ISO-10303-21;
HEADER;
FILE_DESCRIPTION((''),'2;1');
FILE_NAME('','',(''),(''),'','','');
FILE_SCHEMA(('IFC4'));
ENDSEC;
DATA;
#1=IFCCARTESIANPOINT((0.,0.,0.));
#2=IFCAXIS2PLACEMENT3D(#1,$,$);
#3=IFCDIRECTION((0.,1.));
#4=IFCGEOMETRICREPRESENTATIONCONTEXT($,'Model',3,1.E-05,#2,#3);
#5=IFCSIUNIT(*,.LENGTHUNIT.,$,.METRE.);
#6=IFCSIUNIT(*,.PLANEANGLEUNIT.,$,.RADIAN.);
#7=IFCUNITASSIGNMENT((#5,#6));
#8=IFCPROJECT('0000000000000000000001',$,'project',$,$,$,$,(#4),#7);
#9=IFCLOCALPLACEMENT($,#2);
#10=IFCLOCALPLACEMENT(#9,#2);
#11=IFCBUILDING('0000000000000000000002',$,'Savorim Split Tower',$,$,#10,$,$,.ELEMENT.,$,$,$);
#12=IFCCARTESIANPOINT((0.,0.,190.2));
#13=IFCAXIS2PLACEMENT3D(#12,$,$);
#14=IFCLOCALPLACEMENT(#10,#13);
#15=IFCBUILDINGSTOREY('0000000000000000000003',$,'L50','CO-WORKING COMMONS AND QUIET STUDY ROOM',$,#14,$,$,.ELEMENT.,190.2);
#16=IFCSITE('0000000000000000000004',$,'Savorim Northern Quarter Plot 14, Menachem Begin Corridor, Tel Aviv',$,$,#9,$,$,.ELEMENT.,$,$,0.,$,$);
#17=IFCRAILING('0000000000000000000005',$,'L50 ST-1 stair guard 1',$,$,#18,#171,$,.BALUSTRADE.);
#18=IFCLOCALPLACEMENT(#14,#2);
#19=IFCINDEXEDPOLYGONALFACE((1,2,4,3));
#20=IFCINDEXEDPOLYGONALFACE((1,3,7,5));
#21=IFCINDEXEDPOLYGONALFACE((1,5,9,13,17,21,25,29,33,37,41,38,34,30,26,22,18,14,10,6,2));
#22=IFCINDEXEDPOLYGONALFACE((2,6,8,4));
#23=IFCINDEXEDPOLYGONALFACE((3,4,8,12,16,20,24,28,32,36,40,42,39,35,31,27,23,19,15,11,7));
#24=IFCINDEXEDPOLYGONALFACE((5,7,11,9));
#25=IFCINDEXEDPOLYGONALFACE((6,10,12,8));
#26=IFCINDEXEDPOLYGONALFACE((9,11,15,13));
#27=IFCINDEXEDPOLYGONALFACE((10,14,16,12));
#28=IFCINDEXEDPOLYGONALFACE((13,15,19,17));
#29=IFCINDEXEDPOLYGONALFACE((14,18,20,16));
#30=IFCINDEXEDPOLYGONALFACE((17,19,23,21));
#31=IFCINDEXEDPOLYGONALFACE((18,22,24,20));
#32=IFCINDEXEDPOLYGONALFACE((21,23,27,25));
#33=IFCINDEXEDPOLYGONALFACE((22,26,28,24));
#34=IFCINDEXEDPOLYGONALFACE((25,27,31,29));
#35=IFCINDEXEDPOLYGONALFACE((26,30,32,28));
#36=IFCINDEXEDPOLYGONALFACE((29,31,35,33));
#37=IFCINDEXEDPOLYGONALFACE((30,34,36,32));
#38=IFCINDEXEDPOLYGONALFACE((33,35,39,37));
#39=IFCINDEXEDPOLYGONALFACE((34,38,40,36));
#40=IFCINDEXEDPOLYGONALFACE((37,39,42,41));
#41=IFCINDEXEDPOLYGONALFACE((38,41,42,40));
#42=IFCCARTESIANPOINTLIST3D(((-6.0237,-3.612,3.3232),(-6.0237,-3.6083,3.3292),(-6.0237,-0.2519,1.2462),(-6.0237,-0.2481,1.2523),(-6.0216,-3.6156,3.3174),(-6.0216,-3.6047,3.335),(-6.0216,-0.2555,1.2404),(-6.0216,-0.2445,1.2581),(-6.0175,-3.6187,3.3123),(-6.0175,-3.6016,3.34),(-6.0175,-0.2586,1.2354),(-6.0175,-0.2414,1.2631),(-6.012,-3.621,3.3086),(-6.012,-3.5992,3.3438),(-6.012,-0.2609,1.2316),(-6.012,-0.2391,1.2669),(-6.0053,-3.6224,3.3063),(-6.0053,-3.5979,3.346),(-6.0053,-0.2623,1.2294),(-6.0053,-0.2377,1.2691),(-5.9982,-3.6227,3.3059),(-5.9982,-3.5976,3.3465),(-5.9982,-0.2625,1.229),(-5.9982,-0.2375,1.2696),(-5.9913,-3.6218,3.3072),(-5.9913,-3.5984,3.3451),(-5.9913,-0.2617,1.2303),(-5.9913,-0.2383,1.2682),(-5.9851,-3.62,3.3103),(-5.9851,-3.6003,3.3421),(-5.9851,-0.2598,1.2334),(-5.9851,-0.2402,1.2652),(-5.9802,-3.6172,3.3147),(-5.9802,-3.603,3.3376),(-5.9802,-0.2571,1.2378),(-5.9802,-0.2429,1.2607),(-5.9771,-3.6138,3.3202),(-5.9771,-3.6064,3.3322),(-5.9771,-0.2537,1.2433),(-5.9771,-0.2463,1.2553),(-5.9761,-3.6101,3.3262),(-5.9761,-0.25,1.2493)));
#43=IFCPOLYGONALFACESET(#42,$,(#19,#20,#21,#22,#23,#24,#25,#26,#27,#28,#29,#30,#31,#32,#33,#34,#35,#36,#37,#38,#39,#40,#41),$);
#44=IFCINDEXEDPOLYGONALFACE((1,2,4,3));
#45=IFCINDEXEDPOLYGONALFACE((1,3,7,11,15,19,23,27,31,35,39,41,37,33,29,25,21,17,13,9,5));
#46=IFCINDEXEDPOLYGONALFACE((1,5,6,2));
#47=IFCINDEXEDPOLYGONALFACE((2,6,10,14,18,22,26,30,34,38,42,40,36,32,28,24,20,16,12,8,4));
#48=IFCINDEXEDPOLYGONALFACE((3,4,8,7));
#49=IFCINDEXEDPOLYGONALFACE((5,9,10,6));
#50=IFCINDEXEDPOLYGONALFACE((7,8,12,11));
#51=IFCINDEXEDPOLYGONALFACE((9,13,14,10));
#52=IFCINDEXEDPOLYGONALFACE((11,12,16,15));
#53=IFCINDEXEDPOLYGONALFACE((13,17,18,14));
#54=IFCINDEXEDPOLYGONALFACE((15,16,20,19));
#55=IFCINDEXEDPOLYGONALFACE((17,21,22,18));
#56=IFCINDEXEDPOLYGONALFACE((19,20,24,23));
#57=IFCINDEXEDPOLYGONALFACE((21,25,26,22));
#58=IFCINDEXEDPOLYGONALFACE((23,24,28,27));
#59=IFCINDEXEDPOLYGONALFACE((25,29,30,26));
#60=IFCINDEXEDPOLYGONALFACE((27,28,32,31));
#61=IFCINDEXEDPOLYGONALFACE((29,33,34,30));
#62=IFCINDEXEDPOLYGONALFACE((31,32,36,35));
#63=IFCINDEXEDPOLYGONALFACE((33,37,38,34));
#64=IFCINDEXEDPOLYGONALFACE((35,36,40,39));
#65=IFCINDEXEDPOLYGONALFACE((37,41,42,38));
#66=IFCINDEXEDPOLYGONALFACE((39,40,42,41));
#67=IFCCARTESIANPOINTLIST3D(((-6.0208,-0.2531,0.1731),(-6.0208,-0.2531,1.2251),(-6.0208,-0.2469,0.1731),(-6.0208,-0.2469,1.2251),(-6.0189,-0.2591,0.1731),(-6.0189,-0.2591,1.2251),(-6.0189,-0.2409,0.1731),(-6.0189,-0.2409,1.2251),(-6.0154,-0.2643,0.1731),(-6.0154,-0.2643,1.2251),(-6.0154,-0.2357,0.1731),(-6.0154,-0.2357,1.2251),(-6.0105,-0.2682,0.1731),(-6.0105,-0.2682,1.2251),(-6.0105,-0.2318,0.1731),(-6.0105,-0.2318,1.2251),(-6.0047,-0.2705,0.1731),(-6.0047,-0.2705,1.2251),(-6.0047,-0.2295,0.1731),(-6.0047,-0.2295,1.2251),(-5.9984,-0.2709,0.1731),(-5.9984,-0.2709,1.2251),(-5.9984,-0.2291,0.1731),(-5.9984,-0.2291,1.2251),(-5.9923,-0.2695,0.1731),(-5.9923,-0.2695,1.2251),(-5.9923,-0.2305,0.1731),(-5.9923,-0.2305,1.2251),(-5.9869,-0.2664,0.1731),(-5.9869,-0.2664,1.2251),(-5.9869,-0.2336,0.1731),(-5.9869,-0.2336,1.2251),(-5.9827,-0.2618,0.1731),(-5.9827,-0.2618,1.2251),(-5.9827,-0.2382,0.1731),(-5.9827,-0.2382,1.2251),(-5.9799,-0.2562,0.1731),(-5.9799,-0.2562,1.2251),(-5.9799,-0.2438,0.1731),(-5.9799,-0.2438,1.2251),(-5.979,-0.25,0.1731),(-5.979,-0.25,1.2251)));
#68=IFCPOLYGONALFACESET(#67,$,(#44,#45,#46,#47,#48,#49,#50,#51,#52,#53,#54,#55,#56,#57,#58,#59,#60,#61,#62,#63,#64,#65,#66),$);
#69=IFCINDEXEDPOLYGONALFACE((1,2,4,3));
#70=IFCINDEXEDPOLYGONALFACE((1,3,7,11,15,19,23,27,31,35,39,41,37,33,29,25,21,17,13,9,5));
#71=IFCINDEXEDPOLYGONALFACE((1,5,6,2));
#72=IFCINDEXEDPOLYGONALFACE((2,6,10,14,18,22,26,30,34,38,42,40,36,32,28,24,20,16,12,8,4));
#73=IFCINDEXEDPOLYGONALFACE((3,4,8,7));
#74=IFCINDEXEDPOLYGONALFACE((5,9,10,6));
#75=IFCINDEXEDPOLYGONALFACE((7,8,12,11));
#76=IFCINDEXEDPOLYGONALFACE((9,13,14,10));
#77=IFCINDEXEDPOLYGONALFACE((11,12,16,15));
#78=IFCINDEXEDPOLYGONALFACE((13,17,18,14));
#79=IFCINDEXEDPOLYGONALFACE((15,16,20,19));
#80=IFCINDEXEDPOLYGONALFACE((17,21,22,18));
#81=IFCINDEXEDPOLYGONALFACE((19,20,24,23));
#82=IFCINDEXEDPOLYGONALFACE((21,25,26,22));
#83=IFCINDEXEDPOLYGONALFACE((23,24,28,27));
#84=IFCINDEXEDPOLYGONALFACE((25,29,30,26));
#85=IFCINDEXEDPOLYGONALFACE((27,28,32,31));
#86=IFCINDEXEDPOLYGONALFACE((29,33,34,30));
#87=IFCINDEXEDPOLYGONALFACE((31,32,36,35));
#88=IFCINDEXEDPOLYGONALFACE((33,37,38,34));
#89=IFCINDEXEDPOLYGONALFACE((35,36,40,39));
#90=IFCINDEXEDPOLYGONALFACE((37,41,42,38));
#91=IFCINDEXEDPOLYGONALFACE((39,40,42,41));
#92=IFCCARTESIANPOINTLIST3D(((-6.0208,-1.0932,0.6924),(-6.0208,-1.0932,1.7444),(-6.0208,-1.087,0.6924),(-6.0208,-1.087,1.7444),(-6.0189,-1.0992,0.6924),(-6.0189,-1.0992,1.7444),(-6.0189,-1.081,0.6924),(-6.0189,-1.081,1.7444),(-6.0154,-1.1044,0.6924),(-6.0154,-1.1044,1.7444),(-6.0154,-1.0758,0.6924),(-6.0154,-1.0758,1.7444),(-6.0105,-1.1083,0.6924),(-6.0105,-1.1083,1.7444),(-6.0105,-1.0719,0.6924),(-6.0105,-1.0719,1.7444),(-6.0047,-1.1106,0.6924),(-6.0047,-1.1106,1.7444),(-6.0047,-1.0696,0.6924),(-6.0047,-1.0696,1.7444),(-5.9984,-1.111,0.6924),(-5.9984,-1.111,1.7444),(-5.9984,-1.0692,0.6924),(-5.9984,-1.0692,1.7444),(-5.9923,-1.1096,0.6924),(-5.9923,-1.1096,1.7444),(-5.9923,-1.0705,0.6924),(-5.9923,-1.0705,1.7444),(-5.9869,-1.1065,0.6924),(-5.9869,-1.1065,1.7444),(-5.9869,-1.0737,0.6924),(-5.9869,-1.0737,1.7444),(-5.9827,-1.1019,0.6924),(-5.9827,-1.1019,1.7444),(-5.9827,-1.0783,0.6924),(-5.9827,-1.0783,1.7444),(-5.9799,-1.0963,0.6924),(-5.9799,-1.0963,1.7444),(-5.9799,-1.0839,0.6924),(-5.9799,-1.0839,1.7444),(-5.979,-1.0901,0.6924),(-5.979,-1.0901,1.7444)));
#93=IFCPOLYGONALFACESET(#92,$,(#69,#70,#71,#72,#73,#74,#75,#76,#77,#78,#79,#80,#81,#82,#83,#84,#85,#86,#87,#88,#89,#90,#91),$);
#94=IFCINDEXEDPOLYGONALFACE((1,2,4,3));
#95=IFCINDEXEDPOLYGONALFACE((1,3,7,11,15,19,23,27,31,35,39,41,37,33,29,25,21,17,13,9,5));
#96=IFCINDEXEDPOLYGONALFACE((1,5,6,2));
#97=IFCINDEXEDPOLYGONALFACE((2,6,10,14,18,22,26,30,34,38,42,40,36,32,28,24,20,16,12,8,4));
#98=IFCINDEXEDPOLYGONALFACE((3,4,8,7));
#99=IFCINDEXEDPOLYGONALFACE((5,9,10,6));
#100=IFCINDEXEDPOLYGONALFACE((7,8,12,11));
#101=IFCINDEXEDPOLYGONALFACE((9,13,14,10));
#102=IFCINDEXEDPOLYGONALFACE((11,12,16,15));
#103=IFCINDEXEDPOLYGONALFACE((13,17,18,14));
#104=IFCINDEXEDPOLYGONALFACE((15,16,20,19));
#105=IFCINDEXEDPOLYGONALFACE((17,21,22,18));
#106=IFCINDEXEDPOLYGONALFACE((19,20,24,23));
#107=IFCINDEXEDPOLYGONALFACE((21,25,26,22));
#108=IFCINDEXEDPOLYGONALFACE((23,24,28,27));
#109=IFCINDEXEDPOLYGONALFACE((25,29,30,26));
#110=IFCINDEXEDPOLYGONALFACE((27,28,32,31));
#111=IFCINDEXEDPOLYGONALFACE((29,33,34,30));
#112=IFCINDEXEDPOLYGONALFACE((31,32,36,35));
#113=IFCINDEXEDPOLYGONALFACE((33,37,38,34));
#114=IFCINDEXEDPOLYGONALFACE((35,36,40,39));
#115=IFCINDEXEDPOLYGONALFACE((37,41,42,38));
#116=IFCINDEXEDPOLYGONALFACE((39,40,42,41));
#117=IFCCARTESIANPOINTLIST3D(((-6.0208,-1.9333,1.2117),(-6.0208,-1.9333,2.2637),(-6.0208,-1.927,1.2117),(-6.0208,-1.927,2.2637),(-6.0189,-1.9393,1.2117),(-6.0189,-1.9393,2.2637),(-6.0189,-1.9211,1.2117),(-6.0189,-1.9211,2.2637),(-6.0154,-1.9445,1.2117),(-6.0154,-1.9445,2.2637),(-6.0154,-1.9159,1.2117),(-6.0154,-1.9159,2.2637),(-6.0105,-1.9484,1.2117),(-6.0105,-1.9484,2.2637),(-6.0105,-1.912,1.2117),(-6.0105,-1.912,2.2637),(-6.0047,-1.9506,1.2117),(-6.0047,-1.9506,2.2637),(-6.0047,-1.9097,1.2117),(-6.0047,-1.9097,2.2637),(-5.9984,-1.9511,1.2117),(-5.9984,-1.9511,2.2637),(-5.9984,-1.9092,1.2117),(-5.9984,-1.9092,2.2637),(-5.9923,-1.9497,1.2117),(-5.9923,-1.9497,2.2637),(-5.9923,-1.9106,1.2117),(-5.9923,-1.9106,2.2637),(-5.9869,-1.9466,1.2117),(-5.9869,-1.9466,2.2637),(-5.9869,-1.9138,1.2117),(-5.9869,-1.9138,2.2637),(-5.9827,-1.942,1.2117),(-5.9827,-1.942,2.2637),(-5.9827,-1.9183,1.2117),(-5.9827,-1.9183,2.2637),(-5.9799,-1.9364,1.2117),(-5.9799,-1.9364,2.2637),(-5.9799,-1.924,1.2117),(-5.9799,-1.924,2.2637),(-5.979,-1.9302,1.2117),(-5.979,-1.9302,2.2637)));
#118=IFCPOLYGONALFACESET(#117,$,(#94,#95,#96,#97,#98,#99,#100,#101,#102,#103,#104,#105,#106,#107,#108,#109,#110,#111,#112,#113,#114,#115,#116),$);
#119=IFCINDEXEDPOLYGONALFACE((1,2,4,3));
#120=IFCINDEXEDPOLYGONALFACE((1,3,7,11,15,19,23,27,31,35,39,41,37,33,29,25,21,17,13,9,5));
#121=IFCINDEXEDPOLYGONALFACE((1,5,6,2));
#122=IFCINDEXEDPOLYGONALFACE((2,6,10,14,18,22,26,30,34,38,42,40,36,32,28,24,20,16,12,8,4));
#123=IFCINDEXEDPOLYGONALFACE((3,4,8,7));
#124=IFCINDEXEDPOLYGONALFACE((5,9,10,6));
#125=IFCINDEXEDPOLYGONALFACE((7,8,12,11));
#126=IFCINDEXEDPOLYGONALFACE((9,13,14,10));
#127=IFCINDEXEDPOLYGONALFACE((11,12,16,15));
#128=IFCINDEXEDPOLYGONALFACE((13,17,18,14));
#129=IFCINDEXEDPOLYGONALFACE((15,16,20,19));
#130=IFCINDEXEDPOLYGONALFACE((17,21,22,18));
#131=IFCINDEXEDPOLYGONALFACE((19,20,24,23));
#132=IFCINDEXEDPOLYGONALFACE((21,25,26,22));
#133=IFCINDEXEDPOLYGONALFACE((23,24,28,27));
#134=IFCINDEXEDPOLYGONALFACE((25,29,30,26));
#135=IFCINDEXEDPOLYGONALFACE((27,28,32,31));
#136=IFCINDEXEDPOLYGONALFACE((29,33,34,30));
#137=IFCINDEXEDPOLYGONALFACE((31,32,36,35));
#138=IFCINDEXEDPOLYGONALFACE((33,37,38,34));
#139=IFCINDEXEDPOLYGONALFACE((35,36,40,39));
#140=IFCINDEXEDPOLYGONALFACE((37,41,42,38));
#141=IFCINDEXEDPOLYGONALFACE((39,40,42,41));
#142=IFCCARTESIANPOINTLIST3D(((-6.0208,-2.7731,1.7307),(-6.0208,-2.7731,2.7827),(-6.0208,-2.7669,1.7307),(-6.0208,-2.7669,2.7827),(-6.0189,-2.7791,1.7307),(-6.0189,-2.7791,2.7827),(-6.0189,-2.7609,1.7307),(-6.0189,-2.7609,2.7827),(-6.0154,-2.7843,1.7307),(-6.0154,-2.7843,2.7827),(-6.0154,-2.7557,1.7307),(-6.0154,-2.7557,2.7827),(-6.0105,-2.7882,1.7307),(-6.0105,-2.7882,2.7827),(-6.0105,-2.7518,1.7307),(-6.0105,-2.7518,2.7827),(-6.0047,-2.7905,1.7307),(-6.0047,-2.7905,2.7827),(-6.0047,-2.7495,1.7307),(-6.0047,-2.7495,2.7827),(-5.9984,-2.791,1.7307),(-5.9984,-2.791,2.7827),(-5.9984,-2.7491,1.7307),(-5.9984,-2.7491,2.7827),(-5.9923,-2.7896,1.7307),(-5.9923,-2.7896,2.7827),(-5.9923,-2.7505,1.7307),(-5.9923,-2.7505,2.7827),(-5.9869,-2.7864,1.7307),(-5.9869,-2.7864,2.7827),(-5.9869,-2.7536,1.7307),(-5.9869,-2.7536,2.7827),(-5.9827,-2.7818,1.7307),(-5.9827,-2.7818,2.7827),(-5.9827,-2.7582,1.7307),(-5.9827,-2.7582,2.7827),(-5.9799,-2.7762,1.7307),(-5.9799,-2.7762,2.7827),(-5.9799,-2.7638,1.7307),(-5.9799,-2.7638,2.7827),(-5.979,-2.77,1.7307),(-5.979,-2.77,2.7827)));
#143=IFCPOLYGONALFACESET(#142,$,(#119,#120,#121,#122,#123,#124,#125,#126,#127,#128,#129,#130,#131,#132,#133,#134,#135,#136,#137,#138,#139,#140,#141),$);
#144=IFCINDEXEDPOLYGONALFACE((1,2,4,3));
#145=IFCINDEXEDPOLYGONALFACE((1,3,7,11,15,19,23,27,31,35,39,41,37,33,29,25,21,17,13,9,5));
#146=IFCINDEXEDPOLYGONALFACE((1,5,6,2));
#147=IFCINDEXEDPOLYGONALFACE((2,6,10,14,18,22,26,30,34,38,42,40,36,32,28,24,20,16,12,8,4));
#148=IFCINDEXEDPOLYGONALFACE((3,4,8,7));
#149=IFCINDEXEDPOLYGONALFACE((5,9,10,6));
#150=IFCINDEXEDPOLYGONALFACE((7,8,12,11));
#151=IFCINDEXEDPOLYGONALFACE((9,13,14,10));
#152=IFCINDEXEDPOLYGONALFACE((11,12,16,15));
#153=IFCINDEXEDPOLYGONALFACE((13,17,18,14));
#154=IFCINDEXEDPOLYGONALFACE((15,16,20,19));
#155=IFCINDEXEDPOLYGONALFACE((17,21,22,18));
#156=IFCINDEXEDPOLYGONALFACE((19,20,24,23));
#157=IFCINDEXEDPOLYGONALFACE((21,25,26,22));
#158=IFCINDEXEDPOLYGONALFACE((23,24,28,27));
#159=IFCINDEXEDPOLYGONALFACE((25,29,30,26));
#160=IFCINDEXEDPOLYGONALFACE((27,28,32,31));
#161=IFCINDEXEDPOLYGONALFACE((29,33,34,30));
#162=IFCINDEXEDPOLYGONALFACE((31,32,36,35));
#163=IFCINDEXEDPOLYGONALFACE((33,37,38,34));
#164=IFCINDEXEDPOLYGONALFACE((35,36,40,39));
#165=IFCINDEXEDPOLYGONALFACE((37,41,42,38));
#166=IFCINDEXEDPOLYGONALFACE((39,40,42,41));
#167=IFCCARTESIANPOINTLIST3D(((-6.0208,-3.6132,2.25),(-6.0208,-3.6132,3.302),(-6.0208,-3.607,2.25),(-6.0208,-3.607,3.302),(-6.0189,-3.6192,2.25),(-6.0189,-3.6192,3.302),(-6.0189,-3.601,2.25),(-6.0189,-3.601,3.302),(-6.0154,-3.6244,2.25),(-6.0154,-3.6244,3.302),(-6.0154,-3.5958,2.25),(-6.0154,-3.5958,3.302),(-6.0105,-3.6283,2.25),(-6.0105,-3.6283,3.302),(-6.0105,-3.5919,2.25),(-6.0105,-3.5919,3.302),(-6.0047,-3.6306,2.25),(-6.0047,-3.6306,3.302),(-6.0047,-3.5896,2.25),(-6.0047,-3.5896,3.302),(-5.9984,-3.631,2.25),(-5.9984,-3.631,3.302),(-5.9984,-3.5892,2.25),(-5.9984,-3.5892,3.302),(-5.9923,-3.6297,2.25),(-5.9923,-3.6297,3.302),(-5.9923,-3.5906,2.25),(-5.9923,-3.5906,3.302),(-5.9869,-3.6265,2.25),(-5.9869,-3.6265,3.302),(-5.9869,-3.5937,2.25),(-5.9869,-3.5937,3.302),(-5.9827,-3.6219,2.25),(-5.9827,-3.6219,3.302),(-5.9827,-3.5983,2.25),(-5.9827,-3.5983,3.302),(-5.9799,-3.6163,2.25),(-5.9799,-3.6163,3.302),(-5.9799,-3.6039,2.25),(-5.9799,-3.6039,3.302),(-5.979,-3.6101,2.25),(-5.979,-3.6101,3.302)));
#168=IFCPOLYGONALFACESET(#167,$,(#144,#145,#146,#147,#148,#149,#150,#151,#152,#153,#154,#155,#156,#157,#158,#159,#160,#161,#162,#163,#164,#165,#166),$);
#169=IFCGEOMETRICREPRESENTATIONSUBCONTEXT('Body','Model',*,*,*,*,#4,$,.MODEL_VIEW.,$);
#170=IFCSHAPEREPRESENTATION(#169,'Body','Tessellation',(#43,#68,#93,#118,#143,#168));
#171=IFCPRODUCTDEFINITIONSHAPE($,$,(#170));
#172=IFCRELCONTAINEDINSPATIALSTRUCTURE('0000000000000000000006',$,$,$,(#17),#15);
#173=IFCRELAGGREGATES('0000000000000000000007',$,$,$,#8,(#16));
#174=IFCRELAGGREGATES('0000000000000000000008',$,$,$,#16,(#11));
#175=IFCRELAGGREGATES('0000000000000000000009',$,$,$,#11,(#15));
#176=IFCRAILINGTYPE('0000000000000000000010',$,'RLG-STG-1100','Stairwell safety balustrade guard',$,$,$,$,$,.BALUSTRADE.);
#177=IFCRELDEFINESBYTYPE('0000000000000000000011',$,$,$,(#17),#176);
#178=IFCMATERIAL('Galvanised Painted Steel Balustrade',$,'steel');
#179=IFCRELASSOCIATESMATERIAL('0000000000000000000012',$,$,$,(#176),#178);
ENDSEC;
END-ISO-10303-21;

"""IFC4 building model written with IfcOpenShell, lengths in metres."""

from ifc_helpers import new_model, si_unit, direction, frame, origin, origin_2d, place, context, subcontext, project, spatial, circle, extrude, material, type_object, element, save


model = new_model("IFC4")

# Units and contexts
model_context = context("Model", 3, precision=1e-05, world=origin(), true_north=direction((0.0, 1.0)))
body_context = subcontext(model_context, "Body", "Model", "MODEL_VIEW")
ifc_project = project(units=[si_unit("LENGTHUNIT", "METRE"), si_unit("PLANEANGLEUNIT", "RADIAN")], contexts=[model_context])

# Site, building, storey
site_placement = place(None, origin())
site = spatial("IfcSite", under=ifc_project, at=site_placement, Name="Savorim Northern Quarter Plot 14, Menachem Begin Corridor, Tel Aviv", CompositionType="ELEMENT", RefElevation=0.0)
building_placement = place(site_placement, origin())
building = spatial("IfcBuilding", under=site, at=building_placement, Name="Savorim Split Tower", CompositionType="ELEMENT")
storey_placement = place(building_placement, frame((0.0, 0.0, 190.2)))
storey = spatial("IfcBuildingStorey", under=building, at=storey_placement, Name="L50", Description="CO-WORKING COMMONS AND QUIET STUDY ROOM", CompositionType="ELEMENT", Elevation=190.2)

# Railing
ifc_material_1 = material(Name="Galvanised Painted Steel Balustrade", Category="steel")
railing_type_1 = type_object("IfcRailingType", Name="RLG-STG-1100", Description="Stairwell safety balustrade guard", PredefinedType="BALUSTRADE", material=ifc_material_1)
railing_1_placement = place(storey_placement, frame((-6.0, -0.25, 0.1731)))
element("IfcRailing", 1, at=railing_1_placement, inside=storey, type_object=railing_type_1, Name="L50 ST-1 stair guard 1", PredefinedType="BALUSTRADE", context=body_context, shape_type="SweptSolid", body=[
    extrude(circle(Radius=0.0239, at=origin_2d()), frame((0.0, 0.0, 1.0762), z_axis=(0.0, -0.850623, 0.525776), x_axis=(1.0, 0.0, 0.0)), (0.0, 0.0, 1.0), 3.9502),
    extrude(circle(Radius=0.021, at=origin_2d()), origin(), (0.0, 0.0, 1.0), 1.052),
    extrude(circle(Radius=0.021, at=origin_2d()), frame((0.0, -0.8401, 0.5193)), (0.0, 0.0, 1.0), 1.052),
    extrude(circle(Radius=0.021, at=origin_2d()), frame((0.0, -1.6802, 1.0386)), (0.0, 0.0, 1.0), 1.052),
    extrude(circle(Radius=0.021, at=origin_2d()), frame((0.0, -2.52, 1.5576)), (0.0, 0.0, 1.0), 1.052),
    extrude(circle(Radius=0.021, at=origin_2d()), frame((0.0, -3.3601, 2.0769)), (0.0, 0.0, 1.0), 1.052),
])

save(model, "model.ifc")
